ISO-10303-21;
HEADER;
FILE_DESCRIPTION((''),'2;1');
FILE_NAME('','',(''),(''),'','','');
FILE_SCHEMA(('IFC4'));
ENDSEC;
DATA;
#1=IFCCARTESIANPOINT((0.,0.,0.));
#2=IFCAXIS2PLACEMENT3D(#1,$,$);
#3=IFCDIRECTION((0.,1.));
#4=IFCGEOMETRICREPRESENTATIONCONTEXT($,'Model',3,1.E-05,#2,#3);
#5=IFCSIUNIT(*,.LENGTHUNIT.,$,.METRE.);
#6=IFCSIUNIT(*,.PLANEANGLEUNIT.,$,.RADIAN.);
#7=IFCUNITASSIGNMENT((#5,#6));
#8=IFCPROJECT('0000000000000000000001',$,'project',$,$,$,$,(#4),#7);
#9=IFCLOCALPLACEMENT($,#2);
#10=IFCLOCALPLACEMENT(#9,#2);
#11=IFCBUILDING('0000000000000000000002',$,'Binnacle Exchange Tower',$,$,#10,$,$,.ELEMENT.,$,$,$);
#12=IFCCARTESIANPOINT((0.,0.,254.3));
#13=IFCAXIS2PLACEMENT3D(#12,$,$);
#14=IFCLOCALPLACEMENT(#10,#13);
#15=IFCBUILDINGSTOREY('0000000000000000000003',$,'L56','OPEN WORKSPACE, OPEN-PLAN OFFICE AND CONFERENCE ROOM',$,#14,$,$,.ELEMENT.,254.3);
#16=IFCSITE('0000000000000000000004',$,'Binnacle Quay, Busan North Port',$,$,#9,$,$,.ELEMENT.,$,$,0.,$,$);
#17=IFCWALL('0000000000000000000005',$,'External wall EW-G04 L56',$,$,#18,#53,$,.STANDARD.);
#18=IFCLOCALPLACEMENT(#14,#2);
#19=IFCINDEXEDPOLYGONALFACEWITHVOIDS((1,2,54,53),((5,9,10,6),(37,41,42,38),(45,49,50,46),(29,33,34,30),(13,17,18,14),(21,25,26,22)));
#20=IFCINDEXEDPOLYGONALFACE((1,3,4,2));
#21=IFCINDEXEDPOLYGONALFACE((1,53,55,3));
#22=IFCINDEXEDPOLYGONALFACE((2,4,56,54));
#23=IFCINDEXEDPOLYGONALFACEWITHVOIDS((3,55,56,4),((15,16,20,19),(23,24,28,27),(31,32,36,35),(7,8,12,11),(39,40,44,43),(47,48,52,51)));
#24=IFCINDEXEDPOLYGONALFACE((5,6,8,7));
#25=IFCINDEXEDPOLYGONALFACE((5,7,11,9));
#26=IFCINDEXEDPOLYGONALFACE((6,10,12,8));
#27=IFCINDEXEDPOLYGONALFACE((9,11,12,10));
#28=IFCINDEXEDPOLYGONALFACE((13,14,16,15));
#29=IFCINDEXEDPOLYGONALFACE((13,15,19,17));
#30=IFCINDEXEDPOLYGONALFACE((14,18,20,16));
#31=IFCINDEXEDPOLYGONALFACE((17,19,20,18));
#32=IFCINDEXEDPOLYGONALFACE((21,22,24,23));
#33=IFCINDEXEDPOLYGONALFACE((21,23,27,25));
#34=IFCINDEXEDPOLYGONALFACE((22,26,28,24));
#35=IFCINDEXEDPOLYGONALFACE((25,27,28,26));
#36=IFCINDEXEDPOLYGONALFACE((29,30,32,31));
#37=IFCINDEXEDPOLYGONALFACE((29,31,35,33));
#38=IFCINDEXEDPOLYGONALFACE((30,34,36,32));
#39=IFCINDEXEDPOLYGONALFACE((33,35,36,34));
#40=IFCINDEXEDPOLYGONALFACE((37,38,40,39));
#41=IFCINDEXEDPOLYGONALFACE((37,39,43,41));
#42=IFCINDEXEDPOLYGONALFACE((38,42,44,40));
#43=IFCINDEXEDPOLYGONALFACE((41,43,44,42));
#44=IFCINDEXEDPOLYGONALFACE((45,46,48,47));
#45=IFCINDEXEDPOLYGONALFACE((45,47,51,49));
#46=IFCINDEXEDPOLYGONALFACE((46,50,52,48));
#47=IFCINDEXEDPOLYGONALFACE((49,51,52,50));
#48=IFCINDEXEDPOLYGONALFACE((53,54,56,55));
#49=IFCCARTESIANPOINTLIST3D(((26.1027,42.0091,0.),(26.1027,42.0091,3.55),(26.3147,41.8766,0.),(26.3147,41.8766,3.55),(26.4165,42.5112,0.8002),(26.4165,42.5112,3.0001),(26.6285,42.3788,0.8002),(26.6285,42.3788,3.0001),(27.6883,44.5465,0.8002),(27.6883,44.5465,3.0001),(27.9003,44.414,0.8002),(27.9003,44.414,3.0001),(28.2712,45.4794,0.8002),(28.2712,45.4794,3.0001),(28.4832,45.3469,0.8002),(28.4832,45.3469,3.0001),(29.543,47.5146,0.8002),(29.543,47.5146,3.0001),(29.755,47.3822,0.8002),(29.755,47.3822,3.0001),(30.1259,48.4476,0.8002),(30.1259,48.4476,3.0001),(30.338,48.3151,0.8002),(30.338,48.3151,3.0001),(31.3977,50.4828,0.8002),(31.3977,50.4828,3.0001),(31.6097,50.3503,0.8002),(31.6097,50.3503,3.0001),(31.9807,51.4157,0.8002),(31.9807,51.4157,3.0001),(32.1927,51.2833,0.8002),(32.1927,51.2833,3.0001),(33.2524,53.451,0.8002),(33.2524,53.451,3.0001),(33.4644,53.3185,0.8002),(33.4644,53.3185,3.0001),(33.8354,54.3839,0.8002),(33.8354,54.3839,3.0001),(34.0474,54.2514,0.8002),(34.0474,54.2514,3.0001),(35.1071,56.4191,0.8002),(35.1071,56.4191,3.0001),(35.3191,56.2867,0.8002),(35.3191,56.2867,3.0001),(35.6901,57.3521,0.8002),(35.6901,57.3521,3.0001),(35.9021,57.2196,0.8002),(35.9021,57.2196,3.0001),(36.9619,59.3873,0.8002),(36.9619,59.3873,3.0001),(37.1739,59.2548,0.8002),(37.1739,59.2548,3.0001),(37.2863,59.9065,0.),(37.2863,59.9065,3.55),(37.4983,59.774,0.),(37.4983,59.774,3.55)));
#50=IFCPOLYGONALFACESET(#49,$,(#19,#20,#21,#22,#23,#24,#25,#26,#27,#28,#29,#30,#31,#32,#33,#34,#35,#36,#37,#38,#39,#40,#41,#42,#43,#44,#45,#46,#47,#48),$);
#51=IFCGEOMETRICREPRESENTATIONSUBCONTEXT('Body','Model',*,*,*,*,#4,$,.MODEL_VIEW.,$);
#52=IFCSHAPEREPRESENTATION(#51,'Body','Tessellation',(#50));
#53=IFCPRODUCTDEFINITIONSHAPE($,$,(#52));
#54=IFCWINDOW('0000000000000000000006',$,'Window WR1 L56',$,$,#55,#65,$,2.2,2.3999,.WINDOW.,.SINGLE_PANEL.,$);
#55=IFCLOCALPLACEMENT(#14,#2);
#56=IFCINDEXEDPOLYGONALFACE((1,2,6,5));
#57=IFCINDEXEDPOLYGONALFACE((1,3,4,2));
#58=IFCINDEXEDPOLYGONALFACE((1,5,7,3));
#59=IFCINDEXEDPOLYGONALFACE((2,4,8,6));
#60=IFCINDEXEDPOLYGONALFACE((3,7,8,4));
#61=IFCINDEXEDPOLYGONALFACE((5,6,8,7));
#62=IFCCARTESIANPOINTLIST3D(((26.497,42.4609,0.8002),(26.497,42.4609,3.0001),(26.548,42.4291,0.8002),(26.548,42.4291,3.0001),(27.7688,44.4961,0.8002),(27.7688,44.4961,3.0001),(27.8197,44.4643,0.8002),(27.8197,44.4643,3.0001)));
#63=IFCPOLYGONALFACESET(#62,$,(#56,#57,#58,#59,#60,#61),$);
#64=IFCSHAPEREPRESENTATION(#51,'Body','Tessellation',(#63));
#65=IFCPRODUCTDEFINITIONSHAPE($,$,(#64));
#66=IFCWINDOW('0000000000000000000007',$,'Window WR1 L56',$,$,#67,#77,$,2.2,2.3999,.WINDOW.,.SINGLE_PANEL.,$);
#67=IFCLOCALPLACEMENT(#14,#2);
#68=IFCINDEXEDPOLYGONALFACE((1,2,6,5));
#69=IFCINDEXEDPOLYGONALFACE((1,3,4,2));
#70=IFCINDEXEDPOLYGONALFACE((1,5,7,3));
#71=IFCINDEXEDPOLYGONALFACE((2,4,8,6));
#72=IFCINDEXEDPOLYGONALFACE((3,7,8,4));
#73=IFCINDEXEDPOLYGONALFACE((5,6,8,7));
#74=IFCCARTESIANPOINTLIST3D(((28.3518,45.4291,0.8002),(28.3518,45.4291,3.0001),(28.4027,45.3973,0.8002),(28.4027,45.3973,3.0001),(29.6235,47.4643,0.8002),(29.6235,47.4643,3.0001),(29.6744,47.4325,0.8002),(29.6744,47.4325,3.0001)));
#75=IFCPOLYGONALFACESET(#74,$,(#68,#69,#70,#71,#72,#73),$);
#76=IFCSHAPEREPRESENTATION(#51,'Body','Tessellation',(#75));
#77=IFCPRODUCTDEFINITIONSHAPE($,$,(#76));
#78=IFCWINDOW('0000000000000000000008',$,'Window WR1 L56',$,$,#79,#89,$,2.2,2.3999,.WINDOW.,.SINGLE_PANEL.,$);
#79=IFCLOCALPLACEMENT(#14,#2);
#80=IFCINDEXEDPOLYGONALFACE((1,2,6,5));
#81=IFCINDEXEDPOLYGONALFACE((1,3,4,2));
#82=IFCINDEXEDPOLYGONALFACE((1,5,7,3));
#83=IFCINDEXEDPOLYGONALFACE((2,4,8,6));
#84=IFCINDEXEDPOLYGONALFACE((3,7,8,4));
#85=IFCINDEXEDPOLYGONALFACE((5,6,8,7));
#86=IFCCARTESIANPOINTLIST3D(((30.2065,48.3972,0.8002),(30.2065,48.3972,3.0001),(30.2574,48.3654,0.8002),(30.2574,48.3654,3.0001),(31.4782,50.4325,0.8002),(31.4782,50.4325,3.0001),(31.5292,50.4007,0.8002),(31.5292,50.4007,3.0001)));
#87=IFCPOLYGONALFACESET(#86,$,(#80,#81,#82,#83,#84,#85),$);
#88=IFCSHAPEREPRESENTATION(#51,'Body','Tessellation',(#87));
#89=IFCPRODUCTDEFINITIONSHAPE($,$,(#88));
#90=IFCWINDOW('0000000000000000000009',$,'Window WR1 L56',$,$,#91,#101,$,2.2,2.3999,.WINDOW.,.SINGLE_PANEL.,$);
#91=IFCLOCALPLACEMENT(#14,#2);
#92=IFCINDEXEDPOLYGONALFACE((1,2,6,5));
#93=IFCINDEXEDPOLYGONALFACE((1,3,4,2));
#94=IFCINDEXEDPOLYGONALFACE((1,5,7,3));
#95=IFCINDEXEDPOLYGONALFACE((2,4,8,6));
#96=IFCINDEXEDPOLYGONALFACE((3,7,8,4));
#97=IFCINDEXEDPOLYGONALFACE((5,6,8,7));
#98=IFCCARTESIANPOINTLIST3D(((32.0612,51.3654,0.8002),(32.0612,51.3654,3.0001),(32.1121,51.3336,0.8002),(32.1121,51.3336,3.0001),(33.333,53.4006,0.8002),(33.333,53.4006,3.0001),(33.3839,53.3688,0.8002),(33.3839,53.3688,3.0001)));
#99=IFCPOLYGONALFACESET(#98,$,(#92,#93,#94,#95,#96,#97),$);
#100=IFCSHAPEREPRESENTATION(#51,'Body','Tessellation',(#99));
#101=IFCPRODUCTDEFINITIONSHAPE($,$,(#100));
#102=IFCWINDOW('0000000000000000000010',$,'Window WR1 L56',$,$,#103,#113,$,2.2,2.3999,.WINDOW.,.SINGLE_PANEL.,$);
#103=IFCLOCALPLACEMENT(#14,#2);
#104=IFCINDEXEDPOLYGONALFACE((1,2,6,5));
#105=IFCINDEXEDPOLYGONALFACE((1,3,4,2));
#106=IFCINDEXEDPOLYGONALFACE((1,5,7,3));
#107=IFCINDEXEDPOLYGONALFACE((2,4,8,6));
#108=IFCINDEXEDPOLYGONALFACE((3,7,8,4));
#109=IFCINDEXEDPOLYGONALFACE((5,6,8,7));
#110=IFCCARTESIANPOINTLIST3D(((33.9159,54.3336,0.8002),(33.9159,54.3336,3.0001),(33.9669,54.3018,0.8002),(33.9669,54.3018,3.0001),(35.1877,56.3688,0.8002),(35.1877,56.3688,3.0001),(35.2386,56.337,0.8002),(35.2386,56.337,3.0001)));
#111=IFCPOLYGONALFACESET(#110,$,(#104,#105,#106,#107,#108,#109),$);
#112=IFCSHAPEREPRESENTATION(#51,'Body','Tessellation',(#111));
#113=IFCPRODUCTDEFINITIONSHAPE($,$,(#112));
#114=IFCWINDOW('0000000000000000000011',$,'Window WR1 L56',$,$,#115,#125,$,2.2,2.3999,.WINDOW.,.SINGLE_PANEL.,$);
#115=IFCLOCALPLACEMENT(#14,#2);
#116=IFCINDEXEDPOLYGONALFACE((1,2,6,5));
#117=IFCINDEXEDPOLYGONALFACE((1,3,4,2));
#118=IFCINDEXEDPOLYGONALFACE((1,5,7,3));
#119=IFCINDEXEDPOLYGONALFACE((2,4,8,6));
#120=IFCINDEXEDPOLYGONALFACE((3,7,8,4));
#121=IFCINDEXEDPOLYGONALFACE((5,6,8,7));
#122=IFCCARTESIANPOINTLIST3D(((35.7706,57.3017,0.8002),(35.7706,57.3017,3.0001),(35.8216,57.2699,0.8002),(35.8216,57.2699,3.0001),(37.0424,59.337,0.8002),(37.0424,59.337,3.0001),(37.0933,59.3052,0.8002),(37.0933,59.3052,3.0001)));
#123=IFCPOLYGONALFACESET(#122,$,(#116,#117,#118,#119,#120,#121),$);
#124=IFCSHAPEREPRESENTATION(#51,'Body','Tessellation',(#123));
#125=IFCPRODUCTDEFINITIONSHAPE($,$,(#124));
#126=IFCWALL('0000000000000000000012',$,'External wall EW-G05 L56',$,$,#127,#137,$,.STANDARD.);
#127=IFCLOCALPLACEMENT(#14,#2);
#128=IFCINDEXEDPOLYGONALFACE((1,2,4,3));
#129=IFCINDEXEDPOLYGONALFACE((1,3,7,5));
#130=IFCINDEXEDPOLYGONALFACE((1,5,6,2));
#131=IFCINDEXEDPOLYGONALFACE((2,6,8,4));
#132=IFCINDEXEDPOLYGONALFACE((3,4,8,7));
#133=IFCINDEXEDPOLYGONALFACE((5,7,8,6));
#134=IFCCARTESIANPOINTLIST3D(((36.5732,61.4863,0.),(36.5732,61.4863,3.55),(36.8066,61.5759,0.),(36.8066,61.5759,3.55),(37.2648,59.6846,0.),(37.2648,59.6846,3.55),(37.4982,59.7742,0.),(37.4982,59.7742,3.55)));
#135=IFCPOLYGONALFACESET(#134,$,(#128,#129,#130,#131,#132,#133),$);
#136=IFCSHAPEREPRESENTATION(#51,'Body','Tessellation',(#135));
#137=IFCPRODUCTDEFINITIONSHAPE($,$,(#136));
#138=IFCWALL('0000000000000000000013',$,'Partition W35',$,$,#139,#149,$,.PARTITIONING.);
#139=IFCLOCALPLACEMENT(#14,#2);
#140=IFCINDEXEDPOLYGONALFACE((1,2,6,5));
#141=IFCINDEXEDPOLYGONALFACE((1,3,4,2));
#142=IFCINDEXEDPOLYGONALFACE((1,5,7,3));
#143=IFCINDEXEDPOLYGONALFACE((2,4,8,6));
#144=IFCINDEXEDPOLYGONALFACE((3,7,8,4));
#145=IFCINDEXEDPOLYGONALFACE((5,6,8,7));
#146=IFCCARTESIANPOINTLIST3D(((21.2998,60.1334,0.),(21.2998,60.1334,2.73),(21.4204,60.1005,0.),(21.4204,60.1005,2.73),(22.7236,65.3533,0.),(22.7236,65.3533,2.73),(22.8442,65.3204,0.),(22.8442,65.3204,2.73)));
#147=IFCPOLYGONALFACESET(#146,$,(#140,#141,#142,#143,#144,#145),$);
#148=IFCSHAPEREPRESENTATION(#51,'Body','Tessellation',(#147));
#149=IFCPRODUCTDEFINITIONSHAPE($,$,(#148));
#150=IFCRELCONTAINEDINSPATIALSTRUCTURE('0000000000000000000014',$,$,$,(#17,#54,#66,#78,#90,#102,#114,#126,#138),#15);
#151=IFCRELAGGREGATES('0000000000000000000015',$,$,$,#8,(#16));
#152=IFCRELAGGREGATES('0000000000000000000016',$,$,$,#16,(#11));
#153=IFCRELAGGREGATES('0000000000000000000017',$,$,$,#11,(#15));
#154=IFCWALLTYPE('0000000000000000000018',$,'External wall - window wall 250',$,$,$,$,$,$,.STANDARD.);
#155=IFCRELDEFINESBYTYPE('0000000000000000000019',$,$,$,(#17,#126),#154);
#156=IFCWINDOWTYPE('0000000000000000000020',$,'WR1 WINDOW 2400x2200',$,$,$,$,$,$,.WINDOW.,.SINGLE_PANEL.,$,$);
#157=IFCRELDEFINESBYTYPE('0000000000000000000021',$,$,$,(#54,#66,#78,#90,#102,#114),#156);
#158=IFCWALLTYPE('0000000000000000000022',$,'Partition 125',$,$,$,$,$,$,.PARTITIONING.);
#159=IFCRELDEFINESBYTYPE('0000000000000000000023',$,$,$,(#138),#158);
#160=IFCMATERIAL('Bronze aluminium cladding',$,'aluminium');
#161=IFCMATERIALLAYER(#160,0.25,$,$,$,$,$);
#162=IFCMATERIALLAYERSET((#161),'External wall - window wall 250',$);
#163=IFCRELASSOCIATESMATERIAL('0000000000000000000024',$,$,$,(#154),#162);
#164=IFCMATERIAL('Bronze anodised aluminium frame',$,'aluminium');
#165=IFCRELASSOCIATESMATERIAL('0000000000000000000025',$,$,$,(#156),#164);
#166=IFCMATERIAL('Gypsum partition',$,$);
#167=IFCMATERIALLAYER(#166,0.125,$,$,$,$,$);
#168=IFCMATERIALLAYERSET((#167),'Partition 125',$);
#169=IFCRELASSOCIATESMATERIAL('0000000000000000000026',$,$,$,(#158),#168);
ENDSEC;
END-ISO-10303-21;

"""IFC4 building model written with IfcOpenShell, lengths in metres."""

from ifc_helpers import new_model, si_unit, direction, frame, frame_2d, origin, place, context, subcontext, project, spatial, rectangle, extrude, material, layer, layer_set, type_object, element, fill, save


model = new_model("IFC4")

# Units and contexts
model_context = context("Model", 3, precision=1e-05, world=origin(), true_north=direction((0.0, 1.0)))
body_context = subcontext(model_context, "Body", "Model", "MODEL_VIEW")
ifc_project = project(units=[si_unit("LENGTHUNIT", "METRE"), si_unit("PLANEANGLEUNIT", "RADIAN")], contexts=[model_context])

# Site, building, storey
site_placement = place(None, origin())
site = spatial("IfcSite", under=ifc_project, at=site_placement, Name="Binnacle Quay, Busan North Port", CompositionType="ELEMENT", RefElevation=0.0)
building_placement = place(site_placement, origin())
building = spatial("IfcBuilding", under=site, at=building_placement, Name="Binnacle Exchange Tower", CompositionType="ELEMENT")
storey_placement = place(building_placement, frame((0.0, 0.0, 254.3)))
storey = spatial("IfcBuildingStorey", under=building, at=storey_placement, Name="L56", Description="OPEN WORKSPACE, OPEN-PLAN OFFICE AND CONFERENCE ROOM", CompositionType="ELEMENT", Elevation=254.3)

# Wall, openings, windows
ifc_material_1 = material(Name="Bronze aluminium cladding", Category="aluminium")
ifc_layer_1 = layer(ifc_material_1, 0.25)
ifc_layer_set_1 = layer_set([ifc_layer_1], Name="External wall - window wall 250")
wall_type_1 = type_object("IfcWallType", Name="External wall - window wall 250", PredefinedType="STANDARD", material=ifc_layer_set_1)
wall_1_placement = place(storey_placement, frame((37.3923, 59.8403, 0.0), z_axis=(0.0, 0.0, 1.0), x_axis=(-0.52992, -0.848048, 0.0)))
wall_1 = element("IfcWall", 1, at=wall_1_placement, inside=storey, type_object=wall_type_1, Name="External wall EW-G04 L56", PredefinedType="STANDARD", context=body_context, shape_type="SweptSolid", body=[
    extrude(rectangle(XDim=21.1042, YDim=0.25, at=frame_2d((10.5522, 0.0))), origin(), (0.0, 0.0, 1.0), 3.55),
])
opening_1_placement = place(wall_1_placement, frame((18.1123, 0.0, 0.8)))
opening_1 = element("IfcOpeningElement", 2, at=opening_1_placement, cuts=wall_1, PredefinedType="OPENING", context=body_context, shape_type="SweptSolid", body=[
    extrude(rectangle(XDim=2.3999, YDim=2.2, at=frame_2d((1.2, 1.1001))), frame((0.0, 0.135, 0.0), z_axis=(0.0, -1.0, 0.0), x_axis=(1.0, 0.0, 0.0)), (0.0, 0.0, 1.0), 0.27),
])
opening_2_placement = place(wall_1_placement, frame((14.6123, 0.0, 0.8)))
opening_2 = element("IfcOpeningElement", 3, at=opening_2_placement, cuts=wall_1, PredefinedType="OPENING", context=body_context, shape_type="SweptSolid", body=[
    extrude(rectangle(XDim=2.3999, YDim=2.2, at=frame_2d((1.2, 1.1001))), frame((0.0, 0.135, 0.0), z_axis=(0.0, -1.0, 0.0), x_axis=(1.0, 0.0, 0.0)), (0.0, 0.0, 1.0), 0.27),
])
opening_3_placement = place(wall_1_placement, frame((11.1123, 0.0, 0.8)))
opening_3 = element("IfcOpeningElement", 4, at=opening_3_placement, cuts=wall_1, PredefinedType="OPENING", context=body_context, shape_type="SweptSolid", body=[
    extrude(rectangle(XDim=2.3999, YDim=2.2, at=frame_2d((1.2, 1.1001))), frame((0.0, 0.135, 0.0), z_axis=(0.0, -1.0, 0.0), x_axis=(1.0, 0.0, 0.0)), (0.0, 0.0, 1.0), 0.27),
])
opening_4_placement = place(wall_1_placement, frame((7.6123, 0.0, 0.8)))
opening_4 = element("IfcOpeningElement", 5, at=opening_4_placement, cuts=wall_1, PredefinedType="OPENING", context=body_context, shape_type="SweptSolid", body=[
    extrude(rectangle(XDim=2.3999, YDim=2.2, at=frame_2d((1.2, 1.1001))), frame((0.0, 0.135, 0.0), z_axis=(0.0, -1.0, 0.0), x_axis=(1.0, 0.0, 0.0)), (0.0, 0.0, 1.0), 0.27),
])
opening_5_placement = place(wall_1_placement, frame((4.1123, 0.0, 0.8)))
opening_5 = element("IfcOpeningElement", 6, at=opening_5_placement, cuts=wall_1, PredefinedType="OPENING", context=body_context, shape_type="SweptSolid", body=[
    extrude(rectangle(XDim=2.3999, YDim=2.2, at=frame_2d((1.2, 1.1001))), frame((0.0, 0.135, 0.0), z_axis=(0.0, -1.0, 0.0), x_axis=(1.0, 0.0, 0.0)), (0.0, 0.0, 1.0), 0.27),
])
opening_6_placement = place(wall_1_placement, frame((0.6123, 0.0, 0.8)))
opening_6 = element("IfcOpeningElement", 7, at=opening_6_placement, cuts=wall_1, PredefinedType="OPENING", context=body_context, shape_type="SweptSolid", body=[
    extrude(rectangle(XDim=2.3999, YDim=2.2, at=frame_2d((1.2, 1.1001))), frame((0.0, 0.135, 0.0), z_axis=(0.0, -1.0, 0.0), x_axis=(1.0, 0.0, 0.0)), (0.0, 0.0, 1.0), 0.27),
])
ifc_material_2 = material(Name="Bronze anodised aluminium frame", Category="aluminium")
window_type = type_object("IfcWindowType", Name="WR1 WINDOW 2400x2200", PartitioningType="SINGLE_PANEL", PredefinedType="WINDOW", material=ifc_material_2)
window_1_placement = place(opening_1_placement, origin())
window_1 = element("IfcWindow", 8, at=window_1_placement, inside=storey, type_object=window_type, Name="Window WR1 L56", OverallHeight=2.2, OverallWidth=2.3999, PartitioningType="SINGLE_PANEL", PredefinedType="WINDOW", context=body_context, shape_type="SweptSolid", body=[
    extrude(rectangle(XDim=2.3999, YDim=2.2, at=frame_2d((1.2, 1.1001))), frame((0.0, 0.03, 0.0), z_axis=(0.0, -1.0, 0.0), x_axis=(1.0, 0.0, 0.0)), (0.0, 0.0, 1.0), 0.0601),
])
fill(opening_1, window_1)
window_2_placement = place(opening_2_placement, origin())
window_2 = element("IfcWindow", 9, at=window_2_placement, inside=storey, type_object=window_type, Name="Window WR1 L56", OverallHeight=2.2, OverallWidth=2.3999, PartitioningType="SINGLE_PANEL", PredefinedType="WINDOW", context=body_context, shape_type="SweptSolid", body=[
    extrude(rectangle(XDim=2.3999, YDim=2.2, at=frame_2d((1.2, 1.1001))), frame((0.0, 0.03, 0.0), z_axis=(0.0, -1.0, 0.0), x_axis=(1.0, 0.0, 0.0)), (0.0, 0.0, 1.0), 0.0601),
])
fill(opening_2, window_2)
window_3_placement = place(opening_3_placement, origin())
window_3 = element("IfcWindow", 10, at=window_3_placement, inside=storey, type_object=window_type, Name="Window WR1 L56", OverallHeight=2.2, OverallWidth=2.3999, PartitioningType="SINGLE_PANEL", PredefinedType="WINDOW", context=body_context, shape_type="SweptSolid", body=[
    extrude(rectangle(XDim=2.3999, YDim=2.2, at=frame_2d((1.2, 1.1001))), frame((0.0, 0.03, 0.0), z_axis=(0.0, -1.0, 0.0), x_axis=(1.0, 0.0, 0.0)), (0.0, 0.0, 1.0), 0.0601),
])
fill(opening_3, window_3)
window_4_placement = place(opening_4_placement, origin())
window_4 = element("IfcWindow", 11, at=window_4_placement, inside=storey, type_object=window_type, Name="Window WR1 L56", OverallHeight=2.2, OverallWidth=2.3999, PartitioningType="SINGLE_PANEL", PredefinedType="WINDOW", context=body_context, shape_type="SweptSolid", body=[
    extrude(rectangle(XDim=2.3999, YDim=2.2, at=frame_2d((1.2, 1.1001))), frame((0.0, 0.03, 0.0), z_axis=(0.0, -1.0, 0.0), x_axis=(1.0, 0.0, 0.0)), (0.0, 0.0, 1.0), 0.0601),
])
fill(opening_4, window_4)
window_5_placement = place(opening_5_placement, origin())
window_5 = element("IfcWindow", 12, at=window_5_placement, inside=storey, type_object=window_type, Name="Window WR1 L56", OverallHeight=2.2, OverallWidth=2.3999, PartitioningType="SINGLE_PANEL", PredefinedType="WINDOW", context=body_context, shape_type="SweptSolid", body=[
    extrude(rectangle(XDim=2.3999, YDim=2.2, at=frame_2d((1.2, 1.1001))), frame((0.0, 0.03, 0.0), z_axis=(0.0, -1.0, 0.0), x_axis=(1.0, 0.0, 0.0)), (0.0, 0.0, 1.0), 0.0601),
])
fill(opening_5, window_5)
window_6_placement = place(opening_6_placement, origin())
window_6 = element("IfcWindow", 13, at=window_6_placement, inside=storey, type_object=window_type, Name="Window WR1 L56", OverallHeight=2.2, OverallWidth=2.3999, PartitioningType="SINGLE_PANEL", PredefinedType="WINDOW", context=body_context, shape_type="SweptSolid", body=[
    extrude(rectangle(XDim=2.3999, YDim=2.2, at=frame_2d((1.2, 1.1001))), frame((0.0, 0.03, 0.0), z_axis=(0.0, -1.0, 0.0), x_axis=(1.0, 0.0, 0.0)), (0.0, 0.0, 1.0), 0.0601),
])
fill(opening_6, window_6)

# Walls
wall_2_placement = place(storey_placement, frame((36.6899, 61.531, 0.0), z_axis=(0.0, 0.0, 1.0), x_axis=(0.358377, -0.933577, 0.0)))
element("IfcWall", 14, at=wall_2_placement, inside=storey, type_object=wall_type_1, Name="External wall EW-G05 L56", PredefinedType="STANDARD", context=body_context, shape_type="SweptSolid", body=[
    extrude(rectangle(XDim=1.9299, YDim=0.25, at=frame_2d((0.9648, 0.0))), origin(), (0.0, 0.0, 1.0), 3.55),
])
ifc_material_3 = material(Name="Gypsum partition")
ifc_layer_2 = layer(ifc_material_3, 0.125)
ifc_layer_set_2 = layer_set([ifc_layer_2], Name="Partition 125")
wall_type_2 = type_object("IfcWallType", Name="Partition 125", PredefinedType="PARTITIONING", material=ifc_layer_set_2)
wall_3_placement = place(storey_placement, frame((21.3601, 60.1169, 0.0), z_axis=(0.0, 0.0, 1.0), x_axis=(0.263152, 0.964754, 0.0)))
element("IfcWall", 15, at=wall_3_placement, inside=storey, type_object=wall_type_2, Name="Partition W35", PredefinedType="PARTITIONING", context=body_context, shape_type="SweptSolid", body=[
    extrude(rectangle(XDim=5.4106, YDim=0.125, at=frame_2d((2.7053, 0.0))), origin(), (0.0, 0.0, 1.0), 2.73),
])

save(model, "model.ifc")
